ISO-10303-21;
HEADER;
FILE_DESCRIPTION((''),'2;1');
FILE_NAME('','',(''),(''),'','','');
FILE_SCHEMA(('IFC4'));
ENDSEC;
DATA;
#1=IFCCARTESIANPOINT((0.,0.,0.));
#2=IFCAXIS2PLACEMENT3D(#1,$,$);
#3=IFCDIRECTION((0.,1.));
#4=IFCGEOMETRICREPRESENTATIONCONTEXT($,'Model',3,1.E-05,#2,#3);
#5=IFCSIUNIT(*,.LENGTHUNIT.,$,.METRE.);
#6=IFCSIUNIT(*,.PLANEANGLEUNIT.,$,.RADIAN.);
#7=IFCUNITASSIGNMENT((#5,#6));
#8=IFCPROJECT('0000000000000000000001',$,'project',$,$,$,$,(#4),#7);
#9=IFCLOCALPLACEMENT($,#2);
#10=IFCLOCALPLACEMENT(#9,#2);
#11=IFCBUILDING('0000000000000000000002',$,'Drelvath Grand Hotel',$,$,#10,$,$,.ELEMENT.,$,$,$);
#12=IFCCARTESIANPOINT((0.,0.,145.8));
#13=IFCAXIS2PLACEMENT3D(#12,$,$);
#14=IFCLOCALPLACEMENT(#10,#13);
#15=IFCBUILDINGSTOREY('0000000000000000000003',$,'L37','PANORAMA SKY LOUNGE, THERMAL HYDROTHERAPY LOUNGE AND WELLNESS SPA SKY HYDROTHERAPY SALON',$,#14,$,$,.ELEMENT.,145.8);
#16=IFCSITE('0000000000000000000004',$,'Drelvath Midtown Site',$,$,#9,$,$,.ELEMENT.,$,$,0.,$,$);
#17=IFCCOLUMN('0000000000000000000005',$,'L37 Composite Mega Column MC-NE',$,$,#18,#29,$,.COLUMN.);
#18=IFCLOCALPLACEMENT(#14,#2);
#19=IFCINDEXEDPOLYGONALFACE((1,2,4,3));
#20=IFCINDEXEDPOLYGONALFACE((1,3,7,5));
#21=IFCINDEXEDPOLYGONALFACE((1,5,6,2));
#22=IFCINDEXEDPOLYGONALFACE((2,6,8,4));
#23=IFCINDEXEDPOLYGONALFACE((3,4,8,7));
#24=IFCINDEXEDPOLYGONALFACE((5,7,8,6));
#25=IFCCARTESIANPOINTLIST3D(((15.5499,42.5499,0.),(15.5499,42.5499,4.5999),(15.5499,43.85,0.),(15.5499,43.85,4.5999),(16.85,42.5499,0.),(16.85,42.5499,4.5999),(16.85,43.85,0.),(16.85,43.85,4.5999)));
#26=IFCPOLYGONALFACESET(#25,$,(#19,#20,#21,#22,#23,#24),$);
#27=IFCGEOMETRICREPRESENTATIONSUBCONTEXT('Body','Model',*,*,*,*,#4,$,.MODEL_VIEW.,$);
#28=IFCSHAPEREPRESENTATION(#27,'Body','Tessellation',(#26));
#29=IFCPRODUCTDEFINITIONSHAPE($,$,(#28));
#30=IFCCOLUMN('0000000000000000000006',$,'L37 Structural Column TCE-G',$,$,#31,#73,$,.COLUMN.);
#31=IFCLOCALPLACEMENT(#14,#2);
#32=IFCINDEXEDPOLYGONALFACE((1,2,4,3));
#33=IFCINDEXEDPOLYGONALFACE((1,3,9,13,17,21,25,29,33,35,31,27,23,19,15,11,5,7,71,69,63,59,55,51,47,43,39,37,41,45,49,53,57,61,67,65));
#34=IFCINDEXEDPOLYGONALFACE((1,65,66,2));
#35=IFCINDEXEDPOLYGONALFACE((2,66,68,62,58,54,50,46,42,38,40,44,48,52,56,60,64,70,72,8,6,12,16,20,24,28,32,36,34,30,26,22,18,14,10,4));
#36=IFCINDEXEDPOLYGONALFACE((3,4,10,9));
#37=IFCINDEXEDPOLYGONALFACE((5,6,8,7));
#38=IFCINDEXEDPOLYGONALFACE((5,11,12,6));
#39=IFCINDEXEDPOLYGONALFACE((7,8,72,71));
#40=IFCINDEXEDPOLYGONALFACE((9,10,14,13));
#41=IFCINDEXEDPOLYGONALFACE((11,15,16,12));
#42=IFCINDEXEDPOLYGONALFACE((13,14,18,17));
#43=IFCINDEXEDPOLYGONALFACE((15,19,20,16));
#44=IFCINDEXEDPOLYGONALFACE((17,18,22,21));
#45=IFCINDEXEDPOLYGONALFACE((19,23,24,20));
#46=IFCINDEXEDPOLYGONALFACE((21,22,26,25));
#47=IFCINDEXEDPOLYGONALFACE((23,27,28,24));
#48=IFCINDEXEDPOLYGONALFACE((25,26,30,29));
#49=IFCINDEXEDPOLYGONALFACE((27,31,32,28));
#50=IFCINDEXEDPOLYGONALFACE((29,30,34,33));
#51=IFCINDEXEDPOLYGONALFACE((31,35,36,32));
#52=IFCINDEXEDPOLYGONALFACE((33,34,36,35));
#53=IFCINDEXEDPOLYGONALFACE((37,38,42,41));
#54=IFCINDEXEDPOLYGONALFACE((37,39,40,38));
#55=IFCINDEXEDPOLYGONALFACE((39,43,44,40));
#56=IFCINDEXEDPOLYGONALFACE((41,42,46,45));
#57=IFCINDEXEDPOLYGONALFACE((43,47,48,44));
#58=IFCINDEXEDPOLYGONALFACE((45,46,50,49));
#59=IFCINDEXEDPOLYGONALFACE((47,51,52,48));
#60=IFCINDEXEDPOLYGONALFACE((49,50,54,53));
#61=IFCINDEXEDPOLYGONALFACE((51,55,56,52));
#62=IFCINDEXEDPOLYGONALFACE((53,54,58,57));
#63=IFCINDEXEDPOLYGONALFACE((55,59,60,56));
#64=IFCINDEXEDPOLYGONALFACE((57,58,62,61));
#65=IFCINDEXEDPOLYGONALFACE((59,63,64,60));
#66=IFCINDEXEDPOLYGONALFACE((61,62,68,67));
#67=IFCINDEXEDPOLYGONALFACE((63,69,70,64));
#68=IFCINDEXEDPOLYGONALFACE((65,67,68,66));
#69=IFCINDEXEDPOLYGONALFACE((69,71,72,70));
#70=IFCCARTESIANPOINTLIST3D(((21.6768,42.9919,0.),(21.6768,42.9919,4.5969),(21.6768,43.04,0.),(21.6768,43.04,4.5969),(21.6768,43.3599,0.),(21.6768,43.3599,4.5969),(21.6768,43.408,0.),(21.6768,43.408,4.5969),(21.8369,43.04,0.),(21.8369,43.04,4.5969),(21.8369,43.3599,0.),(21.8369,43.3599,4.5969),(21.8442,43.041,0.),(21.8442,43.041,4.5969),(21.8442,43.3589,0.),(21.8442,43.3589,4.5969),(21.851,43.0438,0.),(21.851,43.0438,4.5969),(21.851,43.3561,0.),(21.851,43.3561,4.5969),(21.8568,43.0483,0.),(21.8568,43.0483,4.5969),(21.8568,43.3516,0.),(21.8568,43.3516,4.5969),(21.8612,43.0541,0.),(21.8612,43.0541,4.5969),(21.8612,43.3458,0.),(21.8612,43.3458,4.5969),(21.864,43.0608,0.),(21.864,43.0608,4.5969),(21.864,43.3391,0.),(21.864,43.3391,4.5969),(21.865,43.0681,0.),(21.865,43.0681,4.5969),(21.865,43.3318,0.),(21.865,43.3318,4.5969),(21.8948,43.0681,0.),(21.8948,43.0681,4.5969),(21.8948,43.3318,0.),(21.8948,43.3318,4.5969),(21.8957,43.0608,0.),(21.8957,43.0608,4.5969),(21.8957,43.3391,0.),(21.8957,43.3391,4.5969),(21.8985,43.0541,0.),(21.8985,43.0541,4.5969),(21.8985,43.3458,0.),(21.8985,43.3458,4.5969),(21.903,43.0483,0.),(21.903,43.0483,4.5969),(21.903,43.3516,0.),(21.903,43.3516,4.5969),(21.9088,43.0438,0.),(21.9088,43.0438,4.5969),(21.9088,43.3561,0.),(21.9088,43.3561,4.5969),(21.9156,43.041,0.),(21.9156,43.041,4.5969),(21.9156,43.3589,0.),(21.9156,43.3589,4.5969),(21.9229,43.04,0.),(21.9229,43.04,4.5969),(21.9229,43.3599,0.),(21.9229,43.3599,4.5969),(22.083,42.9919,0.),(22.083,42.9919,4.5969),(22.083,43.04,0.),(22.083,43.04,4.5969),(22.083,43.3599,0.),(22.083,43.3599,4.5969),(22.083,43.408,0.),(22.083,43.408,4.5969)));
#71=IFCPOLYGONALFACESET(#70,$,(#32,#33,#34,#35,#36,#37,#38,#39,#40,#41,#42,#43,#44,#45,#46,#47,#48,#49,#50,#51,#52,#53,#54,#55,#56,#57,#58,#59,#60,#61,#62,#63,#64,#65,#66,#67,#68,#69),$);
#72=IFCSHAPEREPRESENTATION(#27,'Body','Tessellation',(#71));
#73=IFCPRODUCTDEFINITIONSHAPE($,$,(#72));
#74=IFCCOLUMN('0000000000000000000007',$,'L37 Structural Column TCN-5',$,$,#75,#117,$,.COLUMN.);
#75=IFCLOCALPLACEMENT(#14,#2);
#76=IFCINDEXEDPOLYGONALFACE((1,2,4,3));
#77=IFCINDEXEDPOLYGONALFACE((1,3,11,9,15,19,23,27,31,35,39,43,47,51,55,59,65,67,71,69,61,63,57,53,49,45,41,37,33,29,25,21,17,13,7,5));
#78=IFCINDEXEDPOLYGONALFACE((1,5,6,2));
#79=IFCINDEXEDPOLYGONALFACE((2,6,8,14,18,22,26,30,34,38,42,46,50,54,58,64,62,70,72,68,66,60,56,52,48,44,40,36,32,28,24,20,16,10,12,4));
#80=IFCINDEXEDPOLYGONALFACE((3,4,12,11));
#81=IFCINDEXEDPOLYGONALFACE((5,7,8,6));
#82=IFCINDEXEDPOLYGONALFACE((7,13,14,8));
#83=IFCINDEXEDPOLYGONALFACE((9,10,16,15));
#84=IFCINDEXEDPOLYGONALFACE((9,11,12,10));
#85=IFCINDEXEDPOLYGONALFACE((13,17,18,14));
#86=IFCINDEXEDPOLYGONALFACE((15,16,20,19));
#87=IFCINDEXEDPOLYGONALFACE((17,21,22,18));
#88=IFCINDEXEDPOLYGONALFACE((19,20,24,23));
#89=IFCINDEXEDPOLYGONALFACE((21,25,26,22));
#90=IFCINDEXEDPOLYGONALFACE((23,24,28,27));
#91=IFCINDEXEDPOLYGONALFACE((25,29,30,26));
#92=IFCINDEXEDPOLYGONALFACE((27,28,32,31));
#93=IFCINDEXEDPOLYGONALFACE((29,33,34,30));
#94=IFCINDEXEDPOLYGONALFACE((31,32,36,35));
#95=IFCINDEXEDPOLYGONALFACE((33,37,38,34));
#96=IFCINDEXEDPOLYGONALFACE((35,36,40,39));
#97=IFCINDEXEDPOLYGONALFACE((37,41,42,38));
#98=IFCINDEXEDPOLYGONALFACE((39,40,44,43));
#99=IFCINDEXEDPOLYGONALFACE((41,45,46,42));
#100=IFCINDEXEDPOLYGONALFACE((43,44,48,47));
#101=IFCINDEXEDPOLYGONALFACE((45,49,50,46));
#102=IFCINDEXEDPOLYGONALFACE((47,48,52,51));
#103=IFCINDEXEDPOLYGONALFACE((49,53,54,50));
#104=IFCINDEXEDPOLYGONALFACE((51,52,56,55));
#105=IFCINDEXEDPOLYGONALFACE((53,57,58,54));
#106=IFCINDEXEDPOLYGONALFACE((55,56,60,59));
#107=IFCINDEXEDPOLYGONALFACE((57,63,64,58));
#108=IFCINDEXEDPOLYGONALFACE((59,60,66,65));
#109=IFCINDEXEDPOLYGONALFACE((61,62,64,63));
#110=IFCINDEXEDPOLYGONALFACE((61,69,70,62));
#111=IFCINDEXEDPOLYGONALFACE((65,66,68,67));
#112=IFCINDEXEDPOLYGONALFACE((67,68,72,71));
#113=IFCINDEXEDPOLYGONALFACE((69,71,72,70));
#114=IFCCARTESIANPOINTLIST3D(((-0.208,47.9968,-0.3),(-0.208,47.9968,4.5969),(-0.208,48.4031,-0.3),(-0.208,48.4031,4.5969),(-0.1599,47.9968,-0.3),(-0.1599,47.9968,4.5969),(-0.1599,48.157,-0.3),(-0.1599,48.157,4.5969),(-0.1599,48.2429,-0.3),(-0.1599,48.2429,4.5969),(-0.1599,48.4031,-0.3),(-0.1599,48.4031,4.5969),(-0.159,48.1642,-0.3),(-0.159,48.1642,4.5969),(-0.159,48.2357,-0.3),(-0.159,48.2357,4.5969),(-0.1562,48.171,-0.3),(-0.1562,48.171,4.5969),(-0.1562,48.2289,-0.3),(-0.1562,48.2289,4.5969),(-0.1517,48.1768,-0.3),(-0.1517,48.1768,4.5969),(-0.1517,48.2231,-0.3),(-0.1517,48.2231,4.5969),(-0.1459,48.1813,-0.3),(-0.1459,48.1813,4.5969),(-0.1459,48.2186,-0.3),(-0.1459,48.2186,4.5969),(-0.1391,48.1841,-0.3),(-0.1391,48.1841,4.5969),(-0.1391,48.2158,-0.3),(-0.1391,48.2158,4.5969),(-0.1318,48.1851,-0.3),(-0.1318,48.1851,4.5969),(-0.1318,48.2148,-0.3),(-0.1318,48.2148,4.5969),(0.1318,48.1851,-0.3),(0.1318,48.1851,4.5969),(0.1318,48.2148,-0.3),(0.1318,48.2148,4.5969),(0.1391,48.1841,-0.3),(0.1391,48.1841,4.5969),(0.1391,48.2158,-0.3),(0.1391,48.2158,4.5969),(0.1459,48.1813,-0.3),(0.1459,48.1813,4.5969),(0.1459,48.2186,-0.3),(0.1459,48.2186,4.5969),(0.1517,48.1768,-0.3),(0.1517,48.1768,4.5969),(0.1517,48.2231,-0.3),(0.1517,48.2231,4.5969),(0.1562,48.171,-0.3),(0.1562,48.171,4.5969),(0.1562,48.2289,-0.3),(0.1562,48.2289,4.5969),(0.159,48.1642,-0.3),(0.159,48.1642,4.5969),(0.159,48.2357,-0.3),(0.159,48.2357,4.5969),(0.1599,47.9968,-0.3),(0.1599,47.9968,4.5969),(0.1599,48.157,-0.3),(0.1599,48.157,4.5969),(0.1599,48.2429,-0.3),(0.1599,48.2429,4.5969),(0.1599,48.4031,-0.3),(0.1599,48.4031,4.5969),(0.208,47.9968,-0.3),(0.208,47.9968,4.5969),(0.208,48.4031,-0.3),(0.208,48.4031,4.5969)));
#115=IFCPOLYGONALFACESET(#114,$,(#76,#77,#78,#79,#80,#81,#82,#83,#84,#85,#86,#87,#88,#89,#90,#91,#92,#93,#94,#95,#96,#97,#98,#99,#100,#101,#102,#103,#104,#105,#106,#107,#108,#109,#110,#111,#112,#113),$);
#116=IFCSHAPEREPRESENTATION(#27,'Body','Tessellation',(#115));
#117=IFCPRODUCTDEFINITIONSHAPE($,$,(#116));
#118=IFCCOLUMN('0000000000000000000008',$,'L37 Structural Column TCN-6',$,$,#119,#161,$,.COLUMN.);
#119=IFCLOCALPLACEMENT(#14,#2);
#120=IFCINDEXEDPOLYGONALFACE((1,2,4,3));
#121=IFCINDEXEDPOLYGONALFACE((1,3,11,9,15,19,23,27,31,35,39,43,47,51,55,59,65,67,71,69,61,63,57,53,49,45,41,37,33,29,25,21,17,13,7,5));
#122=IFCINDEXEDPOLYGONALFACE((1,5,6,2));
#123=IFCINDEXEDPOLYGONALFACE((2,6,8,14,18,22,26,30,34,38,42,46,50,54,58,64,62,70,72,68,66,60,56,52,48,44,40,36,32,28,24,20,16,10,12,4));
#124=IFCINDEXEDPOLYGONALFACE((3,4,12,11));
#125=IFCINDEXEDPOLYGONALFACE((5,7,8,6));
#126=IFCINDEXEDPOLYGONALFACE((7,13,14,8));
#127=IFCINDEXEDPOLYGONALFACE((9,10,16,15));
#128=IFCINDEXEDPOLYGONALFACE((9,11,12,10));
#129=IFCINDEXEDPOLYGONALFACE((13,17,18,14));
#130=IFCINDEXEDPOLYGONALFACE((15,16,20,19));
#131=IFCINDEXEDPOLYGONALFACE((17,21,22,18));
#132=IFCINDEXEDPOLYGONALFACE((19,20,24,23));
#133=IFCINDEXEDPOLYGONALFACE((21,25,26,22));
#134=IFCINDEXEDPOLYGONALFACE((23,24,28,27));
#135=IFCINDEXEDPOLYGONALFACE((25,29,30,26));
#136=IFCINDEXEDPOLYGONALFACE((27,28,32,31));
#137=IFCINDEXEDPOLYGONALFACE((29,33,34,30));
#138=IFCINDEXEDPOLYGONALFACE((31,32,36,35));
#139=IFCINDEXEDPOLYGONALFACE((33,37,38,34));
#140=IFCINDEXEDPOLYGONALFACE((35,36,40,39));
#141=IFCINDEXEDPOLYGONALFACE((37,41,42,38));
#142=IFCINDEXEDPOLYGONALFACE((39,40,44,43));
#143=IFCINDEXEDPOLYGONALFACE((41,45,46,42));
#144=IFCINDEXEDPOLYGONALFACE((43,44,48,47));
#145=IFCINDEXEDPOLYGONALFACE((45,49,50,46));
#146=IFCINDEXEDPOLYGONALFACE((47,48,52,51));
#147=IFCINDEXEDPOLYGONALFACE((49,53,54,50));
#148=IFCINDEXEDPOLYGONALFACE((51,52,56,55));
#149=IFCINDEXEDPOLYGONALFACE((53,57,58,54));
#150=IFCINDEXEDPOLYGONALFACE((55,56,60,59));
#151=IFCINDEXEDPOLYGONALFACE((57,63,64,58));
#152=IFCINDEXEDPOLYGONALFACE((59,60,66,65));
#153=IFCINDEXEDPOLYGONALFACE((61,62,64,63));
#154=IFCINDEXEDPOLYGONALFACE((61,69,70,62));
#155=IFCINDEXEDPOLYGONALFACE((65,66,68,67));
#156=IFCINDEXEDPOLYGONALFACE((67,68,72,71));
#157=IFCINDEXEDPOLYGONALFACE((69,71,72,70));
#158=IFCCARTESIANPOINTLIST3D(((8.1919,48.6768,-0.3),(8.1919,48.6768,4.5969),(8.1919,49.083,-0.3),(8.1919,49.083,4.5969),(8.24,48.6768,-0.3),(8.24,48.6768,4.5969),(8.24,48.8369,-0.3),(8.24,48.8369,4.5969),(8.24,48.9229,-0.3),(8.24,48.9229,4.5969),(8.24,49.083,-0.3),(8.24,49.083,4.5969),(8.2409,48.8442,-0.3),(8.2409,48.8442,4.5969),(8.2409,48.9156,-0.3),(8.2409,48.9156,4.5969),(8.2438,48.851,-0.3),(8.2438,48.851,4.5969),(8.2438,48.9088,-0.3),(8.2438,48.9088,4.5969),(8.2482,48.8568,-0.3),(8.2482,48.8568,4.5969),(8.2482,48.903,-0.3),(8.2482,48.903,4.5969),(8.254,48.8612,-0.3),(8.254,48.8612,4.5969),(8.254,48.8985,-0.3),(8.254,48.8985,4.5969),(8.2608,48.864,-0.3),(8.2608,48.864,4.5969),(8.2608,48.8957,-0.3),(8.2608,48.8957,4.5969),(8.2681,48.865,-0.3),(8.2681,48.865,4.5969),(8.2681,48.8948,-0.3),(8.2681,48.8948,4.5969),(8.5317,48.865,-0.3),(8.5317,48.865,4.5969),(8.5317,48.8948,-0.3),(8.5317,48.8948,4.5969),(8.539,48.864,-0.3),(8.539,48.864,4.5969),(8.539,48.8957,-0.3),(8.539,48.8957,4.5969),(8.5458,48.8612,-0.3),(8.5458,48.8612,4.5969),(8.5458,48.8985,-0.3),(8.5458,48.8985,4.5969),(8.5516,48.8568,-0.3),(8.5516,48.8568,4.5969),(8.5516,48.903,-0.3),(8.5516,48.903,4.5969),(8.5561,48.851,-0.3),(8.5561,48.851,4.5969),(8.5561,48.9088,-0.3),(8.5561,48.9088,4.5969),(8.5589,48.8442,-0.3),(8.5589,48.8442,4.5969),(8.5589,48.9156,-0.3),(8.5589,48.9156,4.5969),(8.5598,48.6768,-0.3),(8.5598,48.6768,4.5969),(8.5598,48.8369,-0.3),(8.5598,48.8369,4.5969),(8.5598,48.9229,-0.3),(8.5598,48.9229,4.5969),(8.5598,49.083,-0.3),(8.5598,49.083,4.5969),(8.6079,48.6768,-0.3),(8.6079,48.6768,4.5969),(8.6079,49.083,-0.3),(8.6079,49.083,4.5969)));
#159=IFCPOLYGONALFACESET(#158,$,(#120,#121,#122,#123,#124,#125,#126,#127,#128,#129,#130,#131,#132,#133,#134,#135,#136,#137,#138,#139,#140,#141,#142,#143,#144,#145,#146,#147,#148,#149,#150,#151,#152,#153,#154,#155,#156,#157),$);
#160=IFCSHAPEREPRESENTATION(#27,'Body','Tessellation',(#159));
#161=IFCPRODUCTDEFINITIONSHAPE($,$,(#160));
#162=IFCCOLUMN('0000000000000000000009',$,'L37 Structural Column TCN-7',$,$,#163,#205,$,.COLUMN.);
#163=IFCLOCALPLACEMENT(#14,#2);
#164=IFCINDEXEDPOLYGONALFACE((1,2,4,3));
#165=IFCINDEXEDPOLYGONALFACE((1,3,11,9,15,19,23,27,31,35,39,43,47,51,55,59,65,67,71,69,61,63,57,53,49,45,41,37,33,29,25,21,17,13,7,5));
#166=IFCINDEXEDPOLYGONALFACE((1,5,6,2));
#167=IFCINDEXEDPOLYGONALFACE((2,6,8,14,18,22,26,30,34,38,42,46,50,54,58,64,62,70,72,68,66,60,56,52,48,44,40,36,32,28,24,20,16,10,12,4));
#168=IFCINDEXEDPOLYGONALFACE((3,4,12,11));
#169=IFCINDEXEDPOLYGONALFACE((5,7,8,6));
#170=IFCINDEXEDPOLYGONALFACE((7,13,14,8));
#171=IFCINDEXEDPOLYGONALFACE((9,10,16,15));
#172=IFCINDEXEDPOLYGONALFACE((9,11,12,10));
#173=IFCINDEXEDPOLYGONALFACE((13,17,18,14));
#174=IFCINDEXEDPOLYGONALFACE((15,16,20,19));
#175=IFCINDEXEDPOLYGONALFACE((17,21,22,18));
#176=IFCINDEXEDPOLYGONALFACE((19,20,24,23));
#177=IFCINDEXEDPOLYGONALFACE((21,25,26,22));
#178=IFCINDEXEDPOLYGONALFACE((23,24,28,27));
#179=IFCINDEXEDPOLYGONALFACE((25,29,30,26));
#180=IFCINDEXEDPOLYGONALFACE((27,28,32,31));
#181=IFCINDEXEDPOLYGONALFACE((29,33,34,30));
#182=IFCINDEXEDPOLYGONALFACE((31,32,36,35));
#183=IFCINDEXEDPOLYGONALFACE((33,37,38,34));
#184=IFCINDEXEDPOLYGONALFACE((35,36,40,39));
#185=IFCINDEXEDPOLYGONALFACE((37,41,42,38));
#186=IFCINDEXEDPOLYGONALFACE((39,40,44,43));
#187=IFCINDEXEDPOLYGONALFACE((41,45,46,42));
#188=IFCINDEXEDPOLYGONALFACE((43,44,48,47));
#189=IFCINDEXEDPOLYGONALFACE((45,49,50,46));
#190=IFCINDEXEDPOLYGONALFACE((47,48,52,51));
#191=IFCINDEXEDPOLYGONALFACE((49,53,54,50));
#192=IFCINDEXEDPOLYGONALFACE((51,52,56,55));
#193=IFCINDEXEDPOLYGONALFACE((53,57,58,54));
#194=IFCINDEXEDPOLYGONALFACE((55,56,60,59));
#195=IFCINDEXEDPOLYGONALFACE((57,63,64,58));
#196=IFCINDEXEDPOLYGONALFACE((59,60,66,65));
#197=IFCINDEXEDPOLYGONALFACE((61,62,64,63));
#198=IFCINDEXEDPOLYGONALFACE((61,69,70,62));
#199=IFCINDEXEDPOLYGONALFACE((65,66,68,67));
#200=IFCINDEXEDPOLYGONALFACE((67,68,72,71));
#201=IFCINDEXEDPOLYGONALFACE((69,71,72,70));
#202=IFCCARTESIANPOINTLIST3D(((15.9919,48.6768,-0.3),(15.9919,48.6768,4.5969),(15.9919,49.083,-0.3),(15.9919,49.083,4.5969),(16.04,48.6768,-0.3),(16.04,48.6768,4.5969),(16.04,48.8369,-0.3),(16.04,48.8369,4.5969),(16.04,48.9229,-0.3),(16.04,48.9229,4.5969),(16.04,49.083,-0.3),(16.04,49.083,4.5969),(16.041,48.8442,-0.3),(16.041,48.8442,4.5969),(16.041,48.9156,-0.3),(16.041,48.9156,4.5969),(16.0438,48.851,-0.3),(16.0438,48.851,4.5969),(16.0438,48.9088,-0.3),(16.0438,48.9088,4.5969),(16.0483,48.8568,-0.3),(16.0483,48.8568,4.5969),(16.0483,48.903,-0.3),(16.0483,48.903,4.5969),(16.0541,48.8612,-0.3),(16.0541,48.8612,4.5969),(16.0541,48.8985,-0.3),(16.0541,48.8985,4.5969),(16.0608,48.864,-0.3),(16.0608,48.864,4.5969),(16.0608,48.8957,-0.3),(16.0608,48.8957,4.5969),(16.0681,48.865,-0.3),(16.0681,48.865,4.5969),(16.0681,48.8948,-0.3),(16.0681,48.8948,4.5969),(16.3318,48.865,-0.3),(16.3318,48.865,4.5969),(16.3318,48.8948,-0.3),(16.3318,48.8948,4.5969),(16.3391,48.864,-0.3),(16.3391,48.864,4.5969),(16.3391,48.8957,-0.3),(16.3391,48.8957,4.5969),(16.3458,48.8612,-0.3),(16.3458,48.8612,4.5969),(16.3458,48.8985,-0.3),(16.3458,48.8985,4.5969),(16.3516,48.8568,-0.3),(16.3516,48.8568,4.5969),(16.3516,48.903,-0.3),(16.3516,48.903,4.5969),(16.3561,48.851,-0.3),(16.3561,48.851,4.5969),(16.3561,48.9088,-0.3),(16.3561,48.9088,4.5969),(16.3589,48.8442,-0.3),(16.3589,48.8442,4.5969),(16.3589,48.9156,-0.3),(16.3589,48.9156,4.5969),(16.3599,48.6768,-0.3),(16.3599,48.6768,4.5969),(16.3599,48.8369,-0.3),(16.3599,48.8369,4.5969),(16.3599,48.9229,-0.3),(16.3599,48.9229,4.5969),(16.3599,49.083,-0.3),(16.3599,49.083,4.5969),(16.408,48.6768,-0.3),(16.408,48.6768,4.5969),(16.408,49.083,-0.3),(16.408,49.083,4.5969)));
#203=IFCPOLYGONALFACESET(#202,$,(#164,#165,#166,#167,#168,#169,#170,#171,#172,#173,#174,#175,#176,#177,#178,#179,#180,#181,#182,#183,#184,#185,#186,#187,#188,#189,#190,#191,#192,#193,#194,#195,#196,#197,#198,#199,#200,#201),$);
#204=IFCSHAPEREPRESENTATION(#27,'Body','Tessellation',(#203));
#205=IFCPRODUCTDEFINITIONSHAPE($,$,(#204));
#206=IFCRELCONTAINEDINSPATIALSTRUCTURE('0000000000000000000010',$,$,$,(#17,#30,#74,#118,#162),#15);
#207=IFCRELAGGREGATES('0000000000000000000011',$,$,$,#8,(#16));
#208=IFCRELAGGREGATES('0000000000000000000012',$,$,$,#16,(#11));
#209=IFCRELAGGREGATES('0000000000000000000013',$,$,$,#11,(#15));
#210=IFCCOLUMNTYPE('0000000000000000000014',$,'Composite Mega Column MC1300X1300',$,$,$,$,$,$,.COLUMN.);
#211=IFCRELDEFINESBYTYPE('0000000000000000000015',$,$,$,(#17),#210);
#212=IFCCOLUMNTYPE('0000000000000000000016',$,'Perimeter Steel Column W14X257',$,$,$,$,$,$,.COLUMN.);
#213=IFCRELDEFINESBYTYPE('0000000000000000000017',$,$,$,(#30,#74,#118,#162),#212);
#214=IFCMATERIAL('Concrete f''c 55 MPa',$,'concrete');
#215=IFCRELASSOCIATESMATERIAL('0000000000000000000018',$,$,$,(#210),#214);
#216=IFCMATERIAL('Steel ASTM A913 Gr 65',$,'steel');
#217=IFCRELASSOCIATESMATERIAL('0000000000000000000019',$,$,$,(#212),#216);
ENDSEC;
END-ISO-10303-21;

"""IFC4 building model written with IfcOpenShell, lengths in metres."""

from ifc_helpers import new_model, si_unit, direction, frame, origin, origin_2d, place, context, subcontext, project, spatial, rectangle, i_section, extrude, material, material_profile, profile_set, type_object, element, save


model = new_model("IFC4")

# Units and contexts
model_context = context("Model", 3, precision=1e-05, world=origin(), true_north=direction((0.0, 1.0)))
body_context = subcontext(model_context, "Body", "Model", "MODEL_VIEW")
ifc_project = project(units=[si_unit("LENGTHUNIT", "METRE"), si_unit("PLANEANGLEUNIT", "RADIAN")], contexts=[model_context])

# Site, building, storey
site_placement = place(None, origin())
site = spatial("IfcSite", under=ifc_project, at=site_placement, Name="Drelvath Midtown Site", CompositionType="ELEMENT", RefElevation=0.0)
building_placement = place(site_placement, origin())
building = spatial("IfcBuilding", under=site, at=building_placement, Name="Drelvath Grand Hotel", CompositionType="ELEMENT")
storey_placement = place(building_placement, frame((0.0, 0.0, 145.8)))
storey = spatial("IfcBuildingStorey", under=building, at=storey_placement, Name="L37", Description="PANORAMA SKY LOUNGE, THERMAL HYDROTHERAPY LOUNGE AND WELLNESS SPA SKY HYDROTHERAPY SALON", CompositionType="ELEMENT", Elevation=145.8)

# Columns
ifc_material_1 = material(Name="Concrete f'c 55 MPa", Category="concrete")
ifc_material_profile_1 = material_profile(ifc_material_1, rectangle(XDim=1.3, YDim=1.3, at=origin_2d()), Name="MC1300X1300")
ifc_profile_set_1 = profile_set([ifc_material_profile_1], Name="Concrete f'c 55 MPa")
column_type_1 = type_object("IfcColumnType", Name="Composite Mega Column MC1300X1300", PredefinedType="COLUMN", material=ifc_profile_set_1)
column_1_placement = place(storey_placement, frame((16.2, 43.2, 0.0), z_axis=(0.0, 0.0, 1.0), x_axis=(1.0, 0.0, 0.0)))
element("IfcColumn", 1, at=column_1_placement, inside=storey, type_object=column_type_1, Name="L37 Composite Mega Column MC-NE", PredefinedType="COLUMN", context=body_context, shape_type="SweptSolid", body=[
    extrude(rectangle(XDim=1.3, YDim=1.3, at=origin_2d()), origin(), (0.0, 0.0, 1.0), 4.5999),
])
ifc_material_2 = material(Name="Steel ASTM A913 Gr 65", Category="steel")
ifc_material_profile_2 = material_profile(ifc_material_2, i_section(OverallWidth=0.4062, OverallDepth=0.416, WebThickness=0.0298, FlangeThickness=0.0481, FilletRadius=0.0281, at=origin_2d()), Name="W14X257")
ifc_profile_set_2 = profile_set([ifc_material_profile_2], Name="Steel ASTM A913 Gr 65")
column_type_2 = type_object("IfcColumnType", Name="Perimeter Steel Column W14X257", PredefinedType="COLUMN", material=ifc_profile_set_2)
column_2_placement = place(storey_placement, frame((21.8799, 43.2, 0.0), z_axis=(0.0, 0.0, 1.0), x_axis=(1.0, 0.0, 0.0)))
element("IfcColumn", 2, at=column_2_placement, inside=storey, type_object=column_type_2, Name="L37 Structural Column TCE-G", PredefinedType="COLUMN", context=body_context, shape_type="SweptSolid", body=[
    extrude(i_section(OverallWidth=0.4062, OverallDepth=0.416, WebThickness=0.0298, FlangeThickness=0.0481, FilletRadius=0.0281, at=origin_2d()), origin(), (0.0, 0.0, 1.0), 4.5969),
])
for number, where, z_axis, x_axis, name in (
    (3, (0.0, 48.2, -0.3), (0.0, 0.0, 1.0), (0.0, 1.0, 0.0), "L37 Structural Column TCN-5"),
    (4, (8.3999, 48.8799, -0.3), (0.0, 0.0, 1.0), (0.0, 1.0, 0.0), "L37 Structural Column TCN-6"),
    (5, (16.2, 48.8799, -0.3), (0.0, 0.0, 1.0), (0.0, 1.0, 0.0), "L37 Structural Column TCN-7"),
):
    element("IfcColumn", number, at=place(storey_placement, frame(where, z_axis=z_axis, x_axis=x_axis)), inside=storey, type_object=column_type_2, Name=name, PredefinedType="COLUMN", context=body_context, shape_type="SweptSolid", body=[
        extrude(i_section(OverallWidth=0.4062, OverallDepth=0.416, WebThickness=0.0298, FlangeThickness=0.0481, FilletRadius=0.0281, at=origin_2d()), origin(), (0.0, 0.0, 1.0), 4.897),
    ])

save(model, "model.ifc")
